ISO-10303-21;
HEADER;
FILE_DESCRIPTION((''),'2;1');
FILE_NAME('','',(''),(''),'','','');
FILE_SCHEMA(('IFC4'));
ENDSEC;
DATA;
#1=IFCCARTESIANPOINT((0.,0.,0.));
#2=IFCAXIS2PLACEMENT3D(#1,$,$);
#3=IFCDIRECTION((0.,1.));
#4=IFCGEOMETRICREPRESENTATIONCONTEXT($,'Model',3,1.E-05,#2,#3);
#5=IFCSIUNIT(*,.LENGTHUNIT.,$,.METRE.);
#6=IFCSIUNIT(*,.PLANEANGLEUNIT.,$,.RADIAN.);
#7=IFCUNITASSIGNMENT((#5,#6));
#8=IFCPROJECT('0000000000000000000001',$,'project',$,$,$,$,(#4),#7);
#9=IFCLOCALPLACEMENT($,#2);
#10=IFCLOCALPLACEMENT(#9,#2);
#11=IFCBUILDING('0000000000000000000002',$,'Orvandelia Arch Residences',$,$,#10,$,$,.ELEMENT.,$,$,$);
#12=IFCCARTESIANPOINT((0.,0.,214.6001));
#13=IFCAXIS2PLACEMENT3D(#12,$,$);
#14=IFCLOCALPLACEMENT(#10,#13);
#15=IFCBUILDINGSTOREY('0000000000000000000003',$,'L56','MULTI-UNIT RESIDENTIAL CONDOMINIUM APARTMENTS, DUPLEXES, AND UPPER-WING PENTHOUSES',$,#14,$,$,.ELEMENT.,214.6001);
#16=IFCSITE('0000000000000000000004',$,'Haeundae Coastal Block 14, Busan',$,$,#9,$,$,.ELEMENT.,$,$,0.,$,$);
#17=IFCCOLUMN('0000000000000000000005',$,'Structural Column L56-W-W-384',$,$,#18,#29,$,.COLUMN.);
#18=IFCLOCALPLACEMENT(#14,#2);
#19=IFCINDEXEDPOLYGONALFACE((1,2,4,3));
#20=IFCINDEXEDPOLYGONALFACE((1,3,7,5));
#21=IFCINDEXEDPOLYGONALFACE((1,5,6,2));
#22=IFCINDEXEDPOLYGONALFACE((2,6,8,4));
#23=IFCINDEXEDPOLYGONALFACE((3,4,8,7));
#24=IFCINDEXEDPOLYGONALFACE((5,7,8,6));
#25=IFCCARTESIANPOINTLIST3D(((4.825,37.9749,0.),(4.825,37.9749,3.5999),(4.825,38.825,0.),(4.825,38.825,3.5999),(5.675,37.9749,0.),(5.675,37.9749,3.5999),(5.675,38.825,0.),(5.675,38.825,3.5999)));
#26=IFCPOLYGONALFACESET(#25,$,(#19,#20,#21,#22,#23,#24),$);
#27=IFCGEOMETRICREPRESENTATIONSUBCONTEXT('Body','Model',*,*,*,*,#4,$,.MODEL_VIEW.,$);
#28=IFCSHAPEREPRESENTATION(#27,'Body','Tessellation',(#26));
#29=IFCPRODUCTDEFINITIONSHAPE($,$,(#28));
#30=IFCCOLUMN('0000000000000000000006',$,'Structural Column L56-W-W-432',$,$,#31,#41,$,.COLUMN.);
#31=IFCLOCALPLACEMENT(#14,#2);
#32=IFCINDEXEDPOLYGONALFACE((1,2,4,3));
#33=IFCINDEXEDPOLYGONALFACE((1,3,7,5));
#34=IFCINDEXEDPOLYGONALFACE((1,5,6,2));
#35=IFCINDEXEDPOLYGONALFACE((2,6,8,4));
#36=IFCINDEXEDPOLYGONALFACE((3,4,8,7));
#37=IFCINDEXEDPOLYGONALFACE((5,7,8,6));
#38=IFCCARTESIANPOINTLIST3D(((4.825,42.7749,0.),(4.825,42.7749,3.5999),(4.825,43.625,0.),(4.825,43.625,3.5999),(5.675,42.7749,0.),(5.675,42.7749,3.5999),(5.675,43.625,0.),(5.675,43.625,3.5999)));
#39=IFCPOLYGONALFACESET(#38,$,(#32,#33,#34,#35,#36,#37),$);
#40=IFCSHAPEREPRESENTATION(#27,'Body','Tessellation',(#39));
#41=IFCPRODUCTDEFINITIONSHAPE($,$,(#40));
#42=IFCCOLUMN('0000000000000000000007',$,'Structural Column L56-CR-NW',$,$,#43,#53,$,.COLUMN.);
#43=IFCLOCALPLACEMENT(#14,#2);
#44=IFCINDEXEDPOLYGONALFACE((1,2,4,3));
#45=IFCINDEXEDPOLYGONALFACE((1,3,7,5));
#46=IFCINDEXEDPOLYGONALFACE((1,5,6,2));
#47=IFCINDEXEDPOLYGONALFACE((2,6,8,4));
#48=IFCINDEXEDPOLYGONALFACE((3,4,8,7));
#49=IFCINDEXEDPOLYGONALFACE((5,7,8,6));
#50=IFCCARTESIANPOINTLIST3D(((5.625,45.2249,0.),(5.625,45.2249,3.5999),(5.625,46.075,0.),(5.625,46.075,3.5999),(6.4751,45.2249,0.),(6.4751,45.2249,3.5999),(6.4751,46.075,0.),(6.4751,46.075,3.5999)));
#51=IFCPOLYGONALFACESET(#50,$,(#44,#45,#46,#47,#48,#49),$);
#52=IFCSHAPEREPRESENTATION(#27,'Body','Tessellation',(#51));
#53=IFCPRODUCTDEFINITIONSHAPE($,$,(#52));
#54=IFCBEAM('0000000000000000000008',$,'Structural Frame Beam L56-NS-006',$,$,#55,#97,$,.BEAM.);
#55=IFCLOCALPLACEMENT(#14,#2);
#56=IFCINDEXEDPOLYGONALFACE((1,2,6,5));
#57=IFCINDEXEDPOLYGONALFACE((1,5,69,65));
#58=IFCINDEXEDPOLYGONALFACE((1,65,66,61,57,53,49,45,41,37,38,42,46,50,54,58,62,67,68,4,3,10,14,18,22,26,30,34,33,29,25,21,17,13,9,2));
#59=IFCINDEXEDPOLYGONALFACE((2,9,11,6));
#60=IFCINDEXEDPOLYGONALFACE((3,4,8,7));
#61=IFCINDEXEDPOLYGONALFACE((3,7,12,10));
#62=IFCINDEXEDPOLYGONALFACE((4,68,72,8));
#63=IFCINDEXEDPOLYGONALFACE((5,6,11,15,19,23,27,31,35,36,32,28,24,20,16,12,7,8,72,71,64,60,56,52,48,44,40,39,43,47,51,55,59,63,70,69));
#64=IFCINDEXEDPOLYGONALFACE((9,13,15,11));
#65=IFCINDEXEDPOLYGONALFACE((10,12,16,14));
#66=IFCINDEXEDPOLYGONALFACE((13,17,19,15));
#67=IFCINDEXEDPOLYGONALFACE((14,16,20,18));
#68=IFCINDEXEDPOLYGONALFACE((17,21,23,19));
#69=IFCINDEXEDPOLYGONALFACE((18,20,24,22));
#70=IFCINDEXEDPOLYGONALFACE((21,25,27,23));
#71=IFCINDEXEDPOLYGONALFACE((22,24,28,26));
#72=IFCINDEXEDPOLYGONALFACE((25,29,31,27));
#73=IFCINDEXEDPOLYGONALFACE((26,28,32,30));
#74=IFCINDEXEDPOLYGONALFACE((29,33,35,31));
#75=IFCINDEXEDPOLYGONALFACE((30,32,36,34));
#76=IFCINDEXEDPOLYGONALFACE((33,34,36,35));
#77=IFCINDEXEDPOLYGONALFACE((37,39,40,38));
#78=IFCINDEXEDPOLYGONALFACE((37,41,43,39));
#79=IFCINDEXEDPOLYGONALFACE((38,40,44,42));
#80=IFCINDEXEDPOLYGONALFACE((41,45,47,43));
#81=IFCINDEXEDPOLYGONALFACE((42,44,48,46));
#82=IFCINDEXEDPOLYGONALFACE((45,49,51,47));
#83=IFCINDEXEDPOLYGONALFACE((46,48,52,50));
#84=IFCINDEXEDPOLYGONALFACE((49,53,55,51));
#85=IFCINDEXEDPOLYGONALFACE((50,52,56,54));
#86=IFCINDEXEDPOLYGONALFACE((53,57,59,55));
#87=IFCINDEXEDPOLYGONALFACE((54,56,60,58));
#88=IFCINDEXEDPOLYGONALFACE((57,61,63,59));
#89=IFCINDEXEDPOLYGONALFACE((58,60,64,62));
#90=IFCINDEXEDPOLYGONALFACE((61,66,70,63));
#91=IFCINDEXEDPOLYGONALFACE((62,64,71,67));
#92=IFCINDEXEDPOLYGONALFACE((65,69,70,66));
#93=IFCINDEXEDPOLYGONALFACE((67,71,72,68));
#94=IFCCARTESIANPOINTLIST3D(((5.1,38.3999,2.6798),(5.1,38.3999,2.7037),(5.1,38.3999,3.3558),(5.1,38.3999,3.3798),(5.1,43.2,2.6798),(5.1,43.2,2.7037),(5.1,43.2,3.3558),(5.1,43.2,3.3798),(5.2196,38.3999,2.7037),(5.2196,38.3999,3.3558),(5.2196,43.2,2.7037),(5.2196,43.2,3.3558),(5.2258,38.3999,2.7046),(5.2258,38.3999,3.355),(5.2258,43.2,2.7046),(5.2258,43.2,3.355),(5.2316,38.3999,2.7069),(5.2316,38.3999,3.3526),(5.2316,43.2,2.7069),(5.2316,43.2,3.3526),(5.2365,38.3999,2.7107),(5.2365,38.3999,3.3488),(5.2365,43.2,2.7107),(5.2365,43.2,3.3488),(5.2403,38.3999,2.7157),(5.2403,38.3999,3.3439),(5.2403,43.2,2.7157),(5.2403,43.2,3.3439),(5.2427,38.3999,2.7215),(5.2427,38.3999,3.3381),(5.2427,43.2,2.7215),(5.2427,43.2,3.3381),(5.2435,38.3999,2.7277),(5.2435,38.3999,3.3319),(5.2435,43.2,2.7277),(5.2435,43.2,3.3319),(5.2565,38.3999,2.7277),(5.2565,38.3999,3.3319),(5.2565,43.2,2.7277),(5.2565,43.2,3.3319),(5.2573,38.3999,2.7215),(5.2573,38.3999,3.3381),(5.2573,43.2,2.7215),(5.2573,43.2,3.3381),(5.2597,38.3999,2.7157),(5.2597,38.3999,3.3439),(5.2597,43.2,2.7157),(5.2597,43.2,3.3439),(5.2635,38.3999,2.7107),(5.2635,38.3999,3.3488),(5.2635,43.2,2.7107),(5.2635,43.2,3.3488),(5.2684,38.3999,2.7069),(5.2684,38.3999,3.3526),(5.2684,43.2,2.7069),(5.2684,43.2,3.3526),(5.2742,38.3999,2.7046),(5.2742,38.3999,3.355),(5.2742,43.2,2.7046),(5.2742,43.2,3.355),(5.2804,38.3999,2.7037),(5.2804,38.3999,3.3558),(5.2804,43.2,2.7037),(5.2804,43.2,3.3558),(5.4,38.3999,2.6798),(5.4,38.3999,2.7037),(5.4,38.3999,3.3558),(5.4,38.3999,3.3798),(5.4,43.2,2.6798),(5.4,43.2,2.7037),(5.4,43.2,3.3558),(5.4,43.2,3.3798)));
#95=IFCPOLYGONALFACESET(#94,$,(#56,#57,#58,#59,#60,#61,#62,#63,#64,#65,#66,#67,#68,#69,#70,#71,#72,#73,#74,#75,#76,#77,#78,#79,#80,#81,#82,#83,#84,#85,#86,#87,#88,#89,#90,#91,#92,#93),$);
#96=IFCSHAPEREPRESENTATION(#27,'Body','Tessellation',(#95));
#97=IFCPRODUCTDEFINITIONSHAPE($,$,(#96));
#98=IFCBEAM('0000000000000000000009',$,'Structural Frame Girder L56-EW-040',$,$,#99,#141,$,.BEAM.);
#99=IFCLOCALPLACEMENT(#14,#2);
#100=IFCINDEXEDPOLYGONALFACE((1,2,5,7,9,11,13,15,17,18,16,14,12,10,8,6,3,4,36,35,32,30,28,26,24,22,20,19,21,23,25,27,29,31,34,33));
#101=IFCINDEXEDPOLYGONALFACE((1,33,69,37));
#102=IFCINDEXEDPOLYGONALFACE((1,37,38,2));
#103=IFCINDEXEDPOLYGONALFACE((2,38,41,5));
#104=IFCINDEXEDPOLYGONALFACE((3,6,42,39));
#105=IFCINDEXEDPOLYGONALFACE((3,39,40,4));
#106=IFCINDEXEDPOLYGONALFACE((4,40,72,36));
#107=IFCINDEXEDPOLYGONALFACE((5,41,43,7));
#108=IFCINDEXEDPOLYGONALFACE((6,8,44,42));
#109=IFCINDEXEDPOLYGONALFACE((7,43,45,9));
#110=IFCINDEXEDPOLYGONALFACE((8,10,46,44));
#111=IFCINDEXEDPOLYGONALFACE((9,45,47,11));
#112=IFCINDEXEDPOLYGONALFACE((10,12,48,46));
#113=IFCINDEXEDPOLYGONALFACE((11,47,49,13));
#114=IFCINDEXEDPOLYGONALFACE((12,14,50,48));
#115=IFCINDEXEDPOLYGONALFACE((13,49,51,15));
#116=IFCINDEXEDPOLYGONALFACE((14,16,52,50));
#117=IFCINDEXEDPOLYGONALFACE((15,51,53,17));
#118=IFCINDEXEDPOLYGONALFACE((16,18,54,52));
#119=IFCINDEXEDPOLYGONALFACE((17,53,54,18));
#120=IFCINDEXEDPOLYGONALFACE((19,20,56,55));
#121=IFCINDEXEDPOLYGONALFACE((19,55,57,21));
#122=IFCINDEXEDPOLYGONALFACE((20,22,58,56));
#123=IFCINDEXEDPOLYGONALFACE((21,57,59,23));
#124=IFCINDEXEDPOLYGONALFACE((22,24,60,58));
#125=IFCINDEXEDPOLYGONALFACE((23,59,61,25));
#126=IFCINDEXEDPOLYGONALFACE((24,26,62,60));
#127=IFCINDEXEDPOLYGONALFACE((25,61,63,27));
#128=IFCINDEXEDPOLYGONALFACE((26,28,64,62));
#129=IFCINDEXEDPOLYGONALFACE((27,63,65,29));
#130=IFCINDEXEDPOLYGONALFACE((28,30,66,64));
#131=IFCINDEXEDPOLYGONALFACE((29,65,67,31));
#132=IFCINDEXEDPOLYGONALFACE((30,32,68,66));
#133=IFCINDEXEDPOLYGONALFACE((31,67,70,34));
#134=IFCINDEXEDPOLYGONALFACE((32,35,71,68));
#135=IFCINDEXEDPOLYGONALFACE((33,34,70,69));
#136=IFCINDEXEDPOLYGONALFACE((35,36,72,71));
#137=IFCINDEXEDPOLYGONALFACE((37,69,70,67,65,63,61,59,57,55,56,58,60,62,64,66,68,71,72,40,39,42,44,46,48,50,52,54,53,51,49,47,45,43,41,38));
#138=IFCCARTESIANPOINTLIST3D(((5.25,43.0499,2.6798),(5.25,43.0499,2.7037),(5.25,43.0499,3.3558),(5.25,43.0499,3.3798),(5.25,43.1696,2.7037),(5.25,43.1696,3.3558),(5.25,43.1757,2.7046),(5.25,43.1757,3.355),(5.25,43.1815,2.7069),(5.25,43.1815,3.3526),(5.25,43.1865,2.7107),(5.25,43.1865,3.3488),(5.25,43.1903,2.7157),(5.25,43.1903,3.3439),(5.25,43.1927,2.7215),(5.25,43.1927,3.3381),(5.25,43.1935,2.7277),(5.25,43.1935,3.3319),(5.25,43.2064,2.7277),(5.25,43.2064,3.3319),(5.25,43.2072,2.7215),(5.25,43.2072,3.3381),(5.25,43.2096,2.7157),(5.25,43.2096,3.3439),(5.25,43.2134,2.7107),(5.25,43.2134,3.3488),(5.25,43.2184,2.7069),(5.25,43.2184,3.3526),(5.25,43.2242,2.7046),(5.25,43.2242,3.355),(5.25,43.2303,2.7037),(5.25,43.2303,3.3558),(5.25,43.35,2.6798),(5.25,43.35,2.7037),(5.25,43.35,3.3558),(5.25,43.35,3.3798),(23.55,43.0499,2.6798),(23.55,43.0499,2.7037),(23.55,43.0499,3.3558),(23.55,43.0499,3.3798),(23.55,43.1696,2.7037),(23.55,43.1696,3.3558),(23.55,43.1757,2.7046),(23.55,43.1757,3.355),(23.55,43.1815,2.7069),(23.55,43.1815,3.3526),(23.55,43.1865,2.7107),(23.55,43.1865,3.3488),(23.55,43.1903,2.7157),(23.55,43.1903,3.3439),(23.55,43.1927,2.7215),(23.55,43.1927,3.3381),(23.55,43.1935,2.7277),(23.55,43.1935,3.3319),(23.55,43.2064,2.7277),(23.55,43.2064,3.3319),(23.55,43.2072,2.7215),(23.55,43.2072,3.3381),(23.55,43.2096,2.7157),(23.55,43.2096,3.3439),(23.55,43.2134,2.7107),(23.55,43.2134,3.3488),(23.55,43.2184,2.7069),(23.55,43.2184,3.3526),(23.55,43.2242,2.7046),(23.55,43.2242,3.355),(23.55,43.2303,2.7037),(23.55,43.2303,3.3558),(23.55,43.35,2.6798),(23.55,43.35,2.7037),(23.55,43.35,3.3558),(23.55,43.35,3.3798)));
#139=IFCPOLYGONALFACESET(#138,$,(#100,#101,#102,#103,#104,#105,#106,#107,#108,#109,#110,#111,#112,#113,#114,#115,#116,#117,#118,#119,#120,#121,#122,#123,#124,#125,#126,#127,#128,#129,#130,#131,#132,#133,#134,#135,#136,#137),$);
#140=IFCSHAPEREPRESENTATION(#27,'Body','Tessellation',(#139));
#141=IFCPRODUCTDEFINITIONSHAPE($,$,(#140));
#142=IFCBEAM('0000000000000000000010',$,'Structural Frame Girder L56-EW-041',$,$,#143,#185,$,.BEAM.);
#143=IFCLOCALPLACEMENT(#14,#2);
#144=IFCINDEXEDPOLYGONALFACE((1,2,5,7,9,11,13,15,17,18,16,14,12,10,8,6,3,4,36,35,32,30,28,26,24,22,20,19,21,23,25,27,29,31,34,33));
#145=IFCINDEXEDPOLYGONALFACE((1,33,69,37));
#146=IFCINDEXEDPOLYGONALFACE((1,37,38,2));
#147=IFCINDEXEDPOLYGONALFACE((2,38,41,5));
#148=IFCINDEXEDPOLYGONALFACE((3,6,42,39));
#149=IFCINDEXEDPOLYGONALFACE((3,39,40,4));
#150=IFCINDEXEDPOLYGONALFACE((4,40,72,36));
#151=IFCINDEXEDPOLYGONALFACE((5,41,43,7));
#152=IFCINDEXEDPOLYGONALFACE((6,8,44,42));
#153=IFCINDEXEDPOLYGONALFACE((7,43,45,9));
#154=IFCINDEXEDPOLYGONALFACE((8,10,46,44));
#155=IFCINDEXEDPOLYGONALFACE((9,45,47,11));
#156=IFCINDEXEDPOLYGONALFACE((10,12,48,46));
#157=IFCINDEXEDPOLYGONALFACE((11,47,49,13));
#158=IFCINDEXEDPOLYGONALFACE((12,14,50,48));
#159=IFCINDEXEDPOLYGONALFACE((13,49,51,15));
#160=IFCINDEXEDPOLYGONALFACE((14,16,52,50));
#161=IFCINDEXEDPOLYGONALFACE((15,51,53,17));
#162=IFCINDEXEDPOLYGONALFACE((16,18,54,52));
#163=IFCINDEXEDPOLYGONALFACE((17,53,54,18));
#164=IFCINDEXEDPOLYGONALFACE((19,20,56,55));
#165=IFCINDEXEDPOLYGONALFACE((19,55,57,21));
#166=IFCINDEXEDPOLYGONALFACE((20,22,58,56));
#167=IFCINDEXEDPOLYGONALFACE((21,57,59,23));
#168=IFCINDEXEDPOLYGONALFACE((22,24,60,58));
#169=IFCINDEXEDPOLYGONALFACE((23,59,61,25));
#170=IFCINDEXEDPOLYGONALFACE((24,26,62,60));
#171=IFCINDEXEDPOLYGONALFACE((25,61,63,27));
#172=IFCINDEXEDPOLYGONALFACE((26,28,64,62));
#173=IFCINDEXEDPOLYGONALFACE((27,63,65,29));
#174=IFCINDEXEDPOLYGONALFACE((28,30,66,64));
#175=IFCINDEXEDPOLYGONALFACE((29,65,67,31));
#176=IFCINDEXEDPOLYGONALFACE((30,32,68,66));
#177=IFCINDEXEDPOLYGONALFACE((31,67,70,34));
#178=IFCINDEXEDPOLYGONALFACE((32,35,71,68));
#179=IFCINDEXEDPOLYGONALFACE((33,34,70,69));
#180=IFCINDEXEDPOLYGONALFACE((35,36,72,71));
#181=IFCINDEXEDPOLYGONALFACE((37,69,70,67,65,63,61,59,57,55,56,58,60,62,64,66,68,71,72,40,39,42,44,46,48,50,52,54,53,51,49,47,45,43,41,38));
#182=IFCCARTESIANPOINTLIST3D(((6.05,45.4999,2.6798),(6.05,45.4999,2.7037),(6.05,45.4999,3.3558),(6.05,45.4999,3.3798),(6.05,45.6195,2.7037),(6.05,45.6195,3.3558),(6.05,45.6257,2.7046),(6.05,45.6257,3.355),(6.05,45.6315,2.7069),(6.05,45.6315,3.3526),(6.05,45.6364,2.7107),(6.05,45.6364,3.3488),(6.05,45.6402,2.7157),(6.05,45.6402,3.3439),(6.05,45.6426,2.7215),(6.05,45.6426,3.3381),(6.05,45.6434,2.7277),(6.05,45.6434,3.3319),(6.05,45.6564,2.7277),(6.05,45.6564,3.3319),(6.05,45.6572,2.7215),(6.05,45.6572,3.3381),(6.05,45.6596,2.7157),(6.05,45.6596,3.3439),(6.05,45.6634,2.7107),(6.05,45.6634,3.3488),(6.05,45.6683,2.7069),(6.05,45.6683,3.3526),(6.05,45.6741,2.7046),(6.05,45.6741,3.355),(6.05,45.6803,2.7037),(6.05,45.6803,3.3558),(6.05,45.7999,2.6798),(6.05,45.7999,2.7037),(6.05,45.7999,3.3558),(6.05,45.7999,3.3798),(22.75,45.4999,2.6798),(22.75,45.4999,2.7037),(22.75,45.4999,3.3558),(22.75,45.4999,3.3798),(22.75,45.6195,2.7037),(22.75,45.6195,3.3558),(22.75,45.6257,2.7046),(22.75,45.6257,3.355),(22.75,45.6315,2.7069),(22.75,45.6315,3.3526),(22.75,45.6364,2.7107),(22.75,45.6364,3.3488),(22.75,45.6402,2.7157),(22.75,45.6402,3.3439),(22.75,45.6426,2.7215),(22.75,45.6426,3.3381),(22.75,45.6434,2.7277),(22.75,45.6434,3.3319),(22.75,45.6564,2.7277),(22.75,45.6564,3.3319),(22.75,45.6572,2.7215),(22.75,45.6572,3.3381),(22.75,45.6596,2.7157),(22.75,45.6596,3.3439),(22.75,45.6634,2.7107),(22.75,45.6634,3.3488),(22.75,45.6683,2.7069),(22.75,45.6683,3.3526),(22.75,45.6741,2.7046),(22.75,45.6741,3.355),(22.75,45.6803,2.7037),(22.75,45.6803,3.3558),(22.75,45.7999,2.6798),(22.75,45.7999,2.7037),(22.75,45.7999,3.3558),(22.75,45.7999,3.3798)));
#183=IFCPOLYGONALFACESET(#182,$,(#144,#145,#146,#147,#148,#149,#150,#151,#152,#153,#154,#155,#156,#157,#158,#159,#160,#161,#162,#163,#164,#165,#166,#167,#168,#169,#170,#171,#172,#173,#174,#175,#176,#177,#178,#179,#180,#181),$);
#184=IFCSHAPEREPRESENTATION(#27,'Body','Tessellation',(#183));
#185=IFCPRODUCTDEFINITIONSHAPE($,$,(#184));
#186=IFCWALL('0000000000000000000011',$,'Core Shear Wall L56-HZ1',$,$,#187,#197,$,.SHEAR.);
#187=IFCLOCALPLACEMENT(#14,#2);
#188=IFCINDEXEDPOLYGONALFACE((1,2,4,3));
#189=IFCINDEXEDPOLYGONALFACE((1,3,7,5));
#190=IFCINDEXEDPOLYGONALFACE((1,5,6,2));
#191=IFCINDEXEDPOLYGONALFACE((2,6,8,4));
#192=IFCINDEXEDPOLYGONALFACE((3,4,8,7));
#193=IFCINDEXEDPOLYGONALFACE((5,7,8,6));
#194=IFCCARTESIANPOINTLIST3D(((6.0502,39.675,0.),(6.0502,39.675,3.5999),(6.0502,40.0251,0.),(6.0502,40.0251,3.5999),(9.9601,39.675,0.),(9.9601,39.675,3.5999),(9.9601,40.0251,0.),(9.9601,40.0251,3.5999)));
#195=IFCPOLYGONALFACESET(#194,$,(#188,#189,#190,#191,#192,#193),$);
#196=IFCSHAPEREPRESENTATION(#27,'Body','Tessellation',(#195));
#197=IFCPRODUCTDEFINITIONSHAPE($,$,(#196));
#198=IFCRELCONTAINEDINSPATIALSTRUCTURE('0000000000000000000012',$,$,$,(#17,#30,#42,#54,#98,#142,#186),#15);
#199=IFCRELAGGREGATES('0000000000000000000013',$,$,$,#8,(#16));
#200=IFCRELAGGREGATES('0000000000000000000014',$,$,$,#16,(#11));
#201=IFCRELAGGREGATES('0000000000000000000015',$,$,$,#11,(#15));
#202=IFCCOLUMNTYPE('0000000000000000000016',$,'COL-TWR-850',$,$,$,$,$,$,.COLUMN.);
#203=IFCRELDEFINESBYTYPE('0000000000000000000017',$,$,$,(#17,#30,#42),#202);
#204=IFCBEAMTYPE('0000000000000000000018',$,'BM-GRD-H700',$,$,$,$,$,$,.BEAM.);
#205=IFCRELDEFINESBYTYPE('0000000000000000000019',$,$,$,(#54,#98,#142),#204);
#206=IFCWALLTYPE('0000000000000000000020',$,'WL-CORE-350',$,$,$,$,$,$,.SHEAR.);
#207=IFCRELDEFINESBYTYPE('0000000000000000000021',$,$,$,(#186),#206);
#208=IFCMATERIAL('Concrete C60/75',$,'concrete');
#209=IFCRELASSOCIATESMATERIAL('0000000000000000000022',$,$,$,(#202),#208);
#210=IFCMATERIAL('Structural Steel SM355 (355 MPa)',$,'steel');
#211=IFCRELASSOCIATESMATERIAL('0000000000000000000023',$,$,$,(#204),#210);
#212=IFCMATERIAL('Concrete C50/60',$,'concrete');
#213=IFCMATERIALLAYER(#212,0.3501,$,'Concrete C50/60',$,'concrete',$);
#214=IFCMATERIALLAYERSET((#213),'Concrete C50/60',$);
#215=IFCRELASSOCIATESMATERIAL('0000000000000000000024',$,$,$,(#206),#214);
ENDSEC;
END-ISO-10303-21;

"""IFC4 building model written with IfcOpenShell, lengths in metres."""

from ifc_helpers import new_model, si_unit, direction, frame, frame_2d, origin, origin_2d, place, context, subcontext, project, spatial, rectangle, i_section, extrude, material, layer, layer_set, material_profile, profile_set, type_object, element, save


model = new_model("IFC4")

# Units and contexts
model_context = context("Model", 3, precision=1e-05, world=origin(), true_north=direction((0.0, 1.0)))
body_context = subcontext(model_context, "Body", "Model", "MODEL_VIEW")
ifc_project = project(units=[si_unit("LENGTHUNIT", "METRE"), si_unit("PLANEANGLEUNIT", "RADIAN")], contexts=[model_context])

# Site, building, storey
site_placement = place(None, origin())
site = spatial("IfcSite", under=ifc_project, at=site_placement, Name="Haeundae Coastal Block 14, Busan", CompositionType="ELEMENT", RefElevation=0.0)
building_placement = place(site_placement, origin())
building = spatial("IfcBuilding", under=site, at=building_placement, Name="Orvandelia Arch Residences", CompositionType="ELEMENT")
storey_placement = place(building_placement, frame((0.0, 0.0, 214.6001)))
storey = spatial("IfcBuildingStorey", under=building, at=storey_placement, Name="L56", Description="MULTI-UNIT RESIDENTIAL CONDOMINIUM APARTMENTS, DUPLEXES, AND UPPER-WING PENTHOUSES", CompositionType="ELEMENT", Elevation=214.6001)

# Columns
ifc_material_1 = material(Name="Concrete C60/75", Category="concrete")
ifc_material_profile_1 = material_profile(ifc_material_1, rectangle(XDim=0.8501, YDim=0.8501, at=origin_2d()), Name="Concrete C60/75", Category="concrete")
ifc_profile_set_1 = profile_set([ifc_material_profile_1], Name="Concrete C60/75")
column_type = type_object("IfcColumnType", Name="COL-TWR-850", PredefinedType="COLUMN", material=ifc_profile_set_1)
for number, where, z_axis, x_axis, name in (
    (1, (5.25, 38.3999, 0.0), (0.0, 0.0, 1.0), (1.0, 0.0, 0.0), "Structural Column L56-W-W-384"),
    (2, (5.25, 43.2, 0.0), (0.0, 0.0, 1.0), (1.0, 0.0, 0.0), "Structural Column L56-W-W-432"),
    (3, (6.05, 45.6499, 0.0), (0.0, 0.0, 1.0), (1.0, 0.0, 0.0), "Structural Column L56-CR-NW"),
):
    element("IfcColumn", number, at=place(storey_placement, frame(where, z_axis=z_axis, x_axis=x_axis)), inside=storey, type_object=column_type, Name=name, PredefinedType="COLUMN", context=body_context, shape_type="SweptSolid", body=[
        extrude(rectangle(XDim=0.8501, YDim=0.8501, at=origin_2d()), origin(), (0.0, 0.0, 1.0), 3.5999),
    ])

# Beams
ifc_material_2 = material(Name="Structural Steel SM355 (355 MPa)", Category="steel")
ifc_material_profile_2 = material_profile(ifc_material_2, i_section(OverallWidth=0.3, OverallDepth=0.7, WebThickness=0.0129, FlangeThickness=0.0239, FilletRadius=0.0239, at=origin_2d()), Name="Structural Steel SM355 (355 MPa)", Category="steel")
ifc_profile_set_2 = profile_set([ifc_material_profile_2], Name="Structural Steel SM355 (355 MPa)")
beam_type = type_object("IfcBeamType", Name="BM-GRD-H700", PredefinedType="BEAM", material=ifc_profile_set_2)
beam_1_placement = place(storey_placement, frame((5.25, 38.3999, 3.0298), z_axis=(0.0, 1.0, 0.0), x_axis=(-1.0, 0.0, 0.0)))
element("IfcBeam", 4, at=beam_1_placement, inside=storey, type_object=beam_type, Name="Structural Frame Beam L56-NS-006", PredefinedType="BEAM", context=body_context, shape_type="SweptSolid", body=[
    extrude(i_section(OverallWidth=0.3, OverallDepth=0.7, WebThickness=0.0129, FlangeThickness=0.0239, FilletRadius=0.0239, at=origin_2d()), origin(), (0.0, 0.0, 1.0), 4.8),
])
beam_2_placement = place(storey_placement, frame((5.25, 43.2, 3.0298), z_axis=(1.0, 0.0, 0.0), x_axis=(0.0, 1.0, 0.0)))
element("IfcBeam", 5, at=beam_2_placement, inside=storey, type_object=beam_type, Name="Structural Frame Girder L56-EW-040", PredefinedType="BEAM", context=body_context, shape_type="SweptSolid", body=[
    extrude(i_section(OverallWidth=0.3, OverallDepth=0.7, WebThickness=0.0129, FlangeThickness=0.0239, FilletRadius=0.0239, at=origin_2d()), origin(), (0.0, 0.0, 1.0), 18.3),
])
beam_3_placement = place(storey_placement, frame((6.05, 45.6499, 3.0298), z_axis=(1.0, 0.0, 0.0), x_axis=(0.0, 1.0, 0.0)))
element("IfcBeam", 6, at=beam_3_placement, inside=storey, type_object=beam_type, Name="Structural Frame Girder L56-EW-041", PredefinedType="BEAM", context=body_context, shape_type="SweptSolid", body=[
    extrude(i_section(OverallWidth=0.3, OverallDepth=0.7, WebThickness=0.0129, FlangeThickness=0.0239, FilletRadius=0.0239, at=origin_2d()), origin(), (0.0, 0.0, 1.0), 16.7),
])

# Wall
ifc_material_3 = material(Name="Concrete C50/60", Category="concrete")
ifc_layer_1 = layer(ifc_material_3, 0.3501, Name="Concrete C50/60", Category="concrete")
ifc_layer_set_1 = layer_set([ifc_layer_1], Name="Concrete C50/60")
wall_type_1 = type_object("IfcWallType", Name="WL-CORE-350", PredefinedType="SHEAR", material=ifc_layer_set_1)
wall_1_placement = place(storey_placement, frame((6.05, 39.8501, 0.0), z_axis=(0.0, 0.0, 1.0), x_axis=(1.0, 0.0, 0.0)))
element("IfcWall", 7, at=wall_1_placement, inside=storey, type_object=wall_type_1, Name="Core Shear Wall L56-HZ1", PredefinedType="SHEAR", context=body_context, shape_type="SweptSolid", body=[
    extrude(rectangle(XDim=3.9099, YDim=0.3501, at=frame_2d((1.9551, 0.0))), origin(), (0.0, 0.0, 1.0), 3.5999),
])

save(model, "model.ifc")
